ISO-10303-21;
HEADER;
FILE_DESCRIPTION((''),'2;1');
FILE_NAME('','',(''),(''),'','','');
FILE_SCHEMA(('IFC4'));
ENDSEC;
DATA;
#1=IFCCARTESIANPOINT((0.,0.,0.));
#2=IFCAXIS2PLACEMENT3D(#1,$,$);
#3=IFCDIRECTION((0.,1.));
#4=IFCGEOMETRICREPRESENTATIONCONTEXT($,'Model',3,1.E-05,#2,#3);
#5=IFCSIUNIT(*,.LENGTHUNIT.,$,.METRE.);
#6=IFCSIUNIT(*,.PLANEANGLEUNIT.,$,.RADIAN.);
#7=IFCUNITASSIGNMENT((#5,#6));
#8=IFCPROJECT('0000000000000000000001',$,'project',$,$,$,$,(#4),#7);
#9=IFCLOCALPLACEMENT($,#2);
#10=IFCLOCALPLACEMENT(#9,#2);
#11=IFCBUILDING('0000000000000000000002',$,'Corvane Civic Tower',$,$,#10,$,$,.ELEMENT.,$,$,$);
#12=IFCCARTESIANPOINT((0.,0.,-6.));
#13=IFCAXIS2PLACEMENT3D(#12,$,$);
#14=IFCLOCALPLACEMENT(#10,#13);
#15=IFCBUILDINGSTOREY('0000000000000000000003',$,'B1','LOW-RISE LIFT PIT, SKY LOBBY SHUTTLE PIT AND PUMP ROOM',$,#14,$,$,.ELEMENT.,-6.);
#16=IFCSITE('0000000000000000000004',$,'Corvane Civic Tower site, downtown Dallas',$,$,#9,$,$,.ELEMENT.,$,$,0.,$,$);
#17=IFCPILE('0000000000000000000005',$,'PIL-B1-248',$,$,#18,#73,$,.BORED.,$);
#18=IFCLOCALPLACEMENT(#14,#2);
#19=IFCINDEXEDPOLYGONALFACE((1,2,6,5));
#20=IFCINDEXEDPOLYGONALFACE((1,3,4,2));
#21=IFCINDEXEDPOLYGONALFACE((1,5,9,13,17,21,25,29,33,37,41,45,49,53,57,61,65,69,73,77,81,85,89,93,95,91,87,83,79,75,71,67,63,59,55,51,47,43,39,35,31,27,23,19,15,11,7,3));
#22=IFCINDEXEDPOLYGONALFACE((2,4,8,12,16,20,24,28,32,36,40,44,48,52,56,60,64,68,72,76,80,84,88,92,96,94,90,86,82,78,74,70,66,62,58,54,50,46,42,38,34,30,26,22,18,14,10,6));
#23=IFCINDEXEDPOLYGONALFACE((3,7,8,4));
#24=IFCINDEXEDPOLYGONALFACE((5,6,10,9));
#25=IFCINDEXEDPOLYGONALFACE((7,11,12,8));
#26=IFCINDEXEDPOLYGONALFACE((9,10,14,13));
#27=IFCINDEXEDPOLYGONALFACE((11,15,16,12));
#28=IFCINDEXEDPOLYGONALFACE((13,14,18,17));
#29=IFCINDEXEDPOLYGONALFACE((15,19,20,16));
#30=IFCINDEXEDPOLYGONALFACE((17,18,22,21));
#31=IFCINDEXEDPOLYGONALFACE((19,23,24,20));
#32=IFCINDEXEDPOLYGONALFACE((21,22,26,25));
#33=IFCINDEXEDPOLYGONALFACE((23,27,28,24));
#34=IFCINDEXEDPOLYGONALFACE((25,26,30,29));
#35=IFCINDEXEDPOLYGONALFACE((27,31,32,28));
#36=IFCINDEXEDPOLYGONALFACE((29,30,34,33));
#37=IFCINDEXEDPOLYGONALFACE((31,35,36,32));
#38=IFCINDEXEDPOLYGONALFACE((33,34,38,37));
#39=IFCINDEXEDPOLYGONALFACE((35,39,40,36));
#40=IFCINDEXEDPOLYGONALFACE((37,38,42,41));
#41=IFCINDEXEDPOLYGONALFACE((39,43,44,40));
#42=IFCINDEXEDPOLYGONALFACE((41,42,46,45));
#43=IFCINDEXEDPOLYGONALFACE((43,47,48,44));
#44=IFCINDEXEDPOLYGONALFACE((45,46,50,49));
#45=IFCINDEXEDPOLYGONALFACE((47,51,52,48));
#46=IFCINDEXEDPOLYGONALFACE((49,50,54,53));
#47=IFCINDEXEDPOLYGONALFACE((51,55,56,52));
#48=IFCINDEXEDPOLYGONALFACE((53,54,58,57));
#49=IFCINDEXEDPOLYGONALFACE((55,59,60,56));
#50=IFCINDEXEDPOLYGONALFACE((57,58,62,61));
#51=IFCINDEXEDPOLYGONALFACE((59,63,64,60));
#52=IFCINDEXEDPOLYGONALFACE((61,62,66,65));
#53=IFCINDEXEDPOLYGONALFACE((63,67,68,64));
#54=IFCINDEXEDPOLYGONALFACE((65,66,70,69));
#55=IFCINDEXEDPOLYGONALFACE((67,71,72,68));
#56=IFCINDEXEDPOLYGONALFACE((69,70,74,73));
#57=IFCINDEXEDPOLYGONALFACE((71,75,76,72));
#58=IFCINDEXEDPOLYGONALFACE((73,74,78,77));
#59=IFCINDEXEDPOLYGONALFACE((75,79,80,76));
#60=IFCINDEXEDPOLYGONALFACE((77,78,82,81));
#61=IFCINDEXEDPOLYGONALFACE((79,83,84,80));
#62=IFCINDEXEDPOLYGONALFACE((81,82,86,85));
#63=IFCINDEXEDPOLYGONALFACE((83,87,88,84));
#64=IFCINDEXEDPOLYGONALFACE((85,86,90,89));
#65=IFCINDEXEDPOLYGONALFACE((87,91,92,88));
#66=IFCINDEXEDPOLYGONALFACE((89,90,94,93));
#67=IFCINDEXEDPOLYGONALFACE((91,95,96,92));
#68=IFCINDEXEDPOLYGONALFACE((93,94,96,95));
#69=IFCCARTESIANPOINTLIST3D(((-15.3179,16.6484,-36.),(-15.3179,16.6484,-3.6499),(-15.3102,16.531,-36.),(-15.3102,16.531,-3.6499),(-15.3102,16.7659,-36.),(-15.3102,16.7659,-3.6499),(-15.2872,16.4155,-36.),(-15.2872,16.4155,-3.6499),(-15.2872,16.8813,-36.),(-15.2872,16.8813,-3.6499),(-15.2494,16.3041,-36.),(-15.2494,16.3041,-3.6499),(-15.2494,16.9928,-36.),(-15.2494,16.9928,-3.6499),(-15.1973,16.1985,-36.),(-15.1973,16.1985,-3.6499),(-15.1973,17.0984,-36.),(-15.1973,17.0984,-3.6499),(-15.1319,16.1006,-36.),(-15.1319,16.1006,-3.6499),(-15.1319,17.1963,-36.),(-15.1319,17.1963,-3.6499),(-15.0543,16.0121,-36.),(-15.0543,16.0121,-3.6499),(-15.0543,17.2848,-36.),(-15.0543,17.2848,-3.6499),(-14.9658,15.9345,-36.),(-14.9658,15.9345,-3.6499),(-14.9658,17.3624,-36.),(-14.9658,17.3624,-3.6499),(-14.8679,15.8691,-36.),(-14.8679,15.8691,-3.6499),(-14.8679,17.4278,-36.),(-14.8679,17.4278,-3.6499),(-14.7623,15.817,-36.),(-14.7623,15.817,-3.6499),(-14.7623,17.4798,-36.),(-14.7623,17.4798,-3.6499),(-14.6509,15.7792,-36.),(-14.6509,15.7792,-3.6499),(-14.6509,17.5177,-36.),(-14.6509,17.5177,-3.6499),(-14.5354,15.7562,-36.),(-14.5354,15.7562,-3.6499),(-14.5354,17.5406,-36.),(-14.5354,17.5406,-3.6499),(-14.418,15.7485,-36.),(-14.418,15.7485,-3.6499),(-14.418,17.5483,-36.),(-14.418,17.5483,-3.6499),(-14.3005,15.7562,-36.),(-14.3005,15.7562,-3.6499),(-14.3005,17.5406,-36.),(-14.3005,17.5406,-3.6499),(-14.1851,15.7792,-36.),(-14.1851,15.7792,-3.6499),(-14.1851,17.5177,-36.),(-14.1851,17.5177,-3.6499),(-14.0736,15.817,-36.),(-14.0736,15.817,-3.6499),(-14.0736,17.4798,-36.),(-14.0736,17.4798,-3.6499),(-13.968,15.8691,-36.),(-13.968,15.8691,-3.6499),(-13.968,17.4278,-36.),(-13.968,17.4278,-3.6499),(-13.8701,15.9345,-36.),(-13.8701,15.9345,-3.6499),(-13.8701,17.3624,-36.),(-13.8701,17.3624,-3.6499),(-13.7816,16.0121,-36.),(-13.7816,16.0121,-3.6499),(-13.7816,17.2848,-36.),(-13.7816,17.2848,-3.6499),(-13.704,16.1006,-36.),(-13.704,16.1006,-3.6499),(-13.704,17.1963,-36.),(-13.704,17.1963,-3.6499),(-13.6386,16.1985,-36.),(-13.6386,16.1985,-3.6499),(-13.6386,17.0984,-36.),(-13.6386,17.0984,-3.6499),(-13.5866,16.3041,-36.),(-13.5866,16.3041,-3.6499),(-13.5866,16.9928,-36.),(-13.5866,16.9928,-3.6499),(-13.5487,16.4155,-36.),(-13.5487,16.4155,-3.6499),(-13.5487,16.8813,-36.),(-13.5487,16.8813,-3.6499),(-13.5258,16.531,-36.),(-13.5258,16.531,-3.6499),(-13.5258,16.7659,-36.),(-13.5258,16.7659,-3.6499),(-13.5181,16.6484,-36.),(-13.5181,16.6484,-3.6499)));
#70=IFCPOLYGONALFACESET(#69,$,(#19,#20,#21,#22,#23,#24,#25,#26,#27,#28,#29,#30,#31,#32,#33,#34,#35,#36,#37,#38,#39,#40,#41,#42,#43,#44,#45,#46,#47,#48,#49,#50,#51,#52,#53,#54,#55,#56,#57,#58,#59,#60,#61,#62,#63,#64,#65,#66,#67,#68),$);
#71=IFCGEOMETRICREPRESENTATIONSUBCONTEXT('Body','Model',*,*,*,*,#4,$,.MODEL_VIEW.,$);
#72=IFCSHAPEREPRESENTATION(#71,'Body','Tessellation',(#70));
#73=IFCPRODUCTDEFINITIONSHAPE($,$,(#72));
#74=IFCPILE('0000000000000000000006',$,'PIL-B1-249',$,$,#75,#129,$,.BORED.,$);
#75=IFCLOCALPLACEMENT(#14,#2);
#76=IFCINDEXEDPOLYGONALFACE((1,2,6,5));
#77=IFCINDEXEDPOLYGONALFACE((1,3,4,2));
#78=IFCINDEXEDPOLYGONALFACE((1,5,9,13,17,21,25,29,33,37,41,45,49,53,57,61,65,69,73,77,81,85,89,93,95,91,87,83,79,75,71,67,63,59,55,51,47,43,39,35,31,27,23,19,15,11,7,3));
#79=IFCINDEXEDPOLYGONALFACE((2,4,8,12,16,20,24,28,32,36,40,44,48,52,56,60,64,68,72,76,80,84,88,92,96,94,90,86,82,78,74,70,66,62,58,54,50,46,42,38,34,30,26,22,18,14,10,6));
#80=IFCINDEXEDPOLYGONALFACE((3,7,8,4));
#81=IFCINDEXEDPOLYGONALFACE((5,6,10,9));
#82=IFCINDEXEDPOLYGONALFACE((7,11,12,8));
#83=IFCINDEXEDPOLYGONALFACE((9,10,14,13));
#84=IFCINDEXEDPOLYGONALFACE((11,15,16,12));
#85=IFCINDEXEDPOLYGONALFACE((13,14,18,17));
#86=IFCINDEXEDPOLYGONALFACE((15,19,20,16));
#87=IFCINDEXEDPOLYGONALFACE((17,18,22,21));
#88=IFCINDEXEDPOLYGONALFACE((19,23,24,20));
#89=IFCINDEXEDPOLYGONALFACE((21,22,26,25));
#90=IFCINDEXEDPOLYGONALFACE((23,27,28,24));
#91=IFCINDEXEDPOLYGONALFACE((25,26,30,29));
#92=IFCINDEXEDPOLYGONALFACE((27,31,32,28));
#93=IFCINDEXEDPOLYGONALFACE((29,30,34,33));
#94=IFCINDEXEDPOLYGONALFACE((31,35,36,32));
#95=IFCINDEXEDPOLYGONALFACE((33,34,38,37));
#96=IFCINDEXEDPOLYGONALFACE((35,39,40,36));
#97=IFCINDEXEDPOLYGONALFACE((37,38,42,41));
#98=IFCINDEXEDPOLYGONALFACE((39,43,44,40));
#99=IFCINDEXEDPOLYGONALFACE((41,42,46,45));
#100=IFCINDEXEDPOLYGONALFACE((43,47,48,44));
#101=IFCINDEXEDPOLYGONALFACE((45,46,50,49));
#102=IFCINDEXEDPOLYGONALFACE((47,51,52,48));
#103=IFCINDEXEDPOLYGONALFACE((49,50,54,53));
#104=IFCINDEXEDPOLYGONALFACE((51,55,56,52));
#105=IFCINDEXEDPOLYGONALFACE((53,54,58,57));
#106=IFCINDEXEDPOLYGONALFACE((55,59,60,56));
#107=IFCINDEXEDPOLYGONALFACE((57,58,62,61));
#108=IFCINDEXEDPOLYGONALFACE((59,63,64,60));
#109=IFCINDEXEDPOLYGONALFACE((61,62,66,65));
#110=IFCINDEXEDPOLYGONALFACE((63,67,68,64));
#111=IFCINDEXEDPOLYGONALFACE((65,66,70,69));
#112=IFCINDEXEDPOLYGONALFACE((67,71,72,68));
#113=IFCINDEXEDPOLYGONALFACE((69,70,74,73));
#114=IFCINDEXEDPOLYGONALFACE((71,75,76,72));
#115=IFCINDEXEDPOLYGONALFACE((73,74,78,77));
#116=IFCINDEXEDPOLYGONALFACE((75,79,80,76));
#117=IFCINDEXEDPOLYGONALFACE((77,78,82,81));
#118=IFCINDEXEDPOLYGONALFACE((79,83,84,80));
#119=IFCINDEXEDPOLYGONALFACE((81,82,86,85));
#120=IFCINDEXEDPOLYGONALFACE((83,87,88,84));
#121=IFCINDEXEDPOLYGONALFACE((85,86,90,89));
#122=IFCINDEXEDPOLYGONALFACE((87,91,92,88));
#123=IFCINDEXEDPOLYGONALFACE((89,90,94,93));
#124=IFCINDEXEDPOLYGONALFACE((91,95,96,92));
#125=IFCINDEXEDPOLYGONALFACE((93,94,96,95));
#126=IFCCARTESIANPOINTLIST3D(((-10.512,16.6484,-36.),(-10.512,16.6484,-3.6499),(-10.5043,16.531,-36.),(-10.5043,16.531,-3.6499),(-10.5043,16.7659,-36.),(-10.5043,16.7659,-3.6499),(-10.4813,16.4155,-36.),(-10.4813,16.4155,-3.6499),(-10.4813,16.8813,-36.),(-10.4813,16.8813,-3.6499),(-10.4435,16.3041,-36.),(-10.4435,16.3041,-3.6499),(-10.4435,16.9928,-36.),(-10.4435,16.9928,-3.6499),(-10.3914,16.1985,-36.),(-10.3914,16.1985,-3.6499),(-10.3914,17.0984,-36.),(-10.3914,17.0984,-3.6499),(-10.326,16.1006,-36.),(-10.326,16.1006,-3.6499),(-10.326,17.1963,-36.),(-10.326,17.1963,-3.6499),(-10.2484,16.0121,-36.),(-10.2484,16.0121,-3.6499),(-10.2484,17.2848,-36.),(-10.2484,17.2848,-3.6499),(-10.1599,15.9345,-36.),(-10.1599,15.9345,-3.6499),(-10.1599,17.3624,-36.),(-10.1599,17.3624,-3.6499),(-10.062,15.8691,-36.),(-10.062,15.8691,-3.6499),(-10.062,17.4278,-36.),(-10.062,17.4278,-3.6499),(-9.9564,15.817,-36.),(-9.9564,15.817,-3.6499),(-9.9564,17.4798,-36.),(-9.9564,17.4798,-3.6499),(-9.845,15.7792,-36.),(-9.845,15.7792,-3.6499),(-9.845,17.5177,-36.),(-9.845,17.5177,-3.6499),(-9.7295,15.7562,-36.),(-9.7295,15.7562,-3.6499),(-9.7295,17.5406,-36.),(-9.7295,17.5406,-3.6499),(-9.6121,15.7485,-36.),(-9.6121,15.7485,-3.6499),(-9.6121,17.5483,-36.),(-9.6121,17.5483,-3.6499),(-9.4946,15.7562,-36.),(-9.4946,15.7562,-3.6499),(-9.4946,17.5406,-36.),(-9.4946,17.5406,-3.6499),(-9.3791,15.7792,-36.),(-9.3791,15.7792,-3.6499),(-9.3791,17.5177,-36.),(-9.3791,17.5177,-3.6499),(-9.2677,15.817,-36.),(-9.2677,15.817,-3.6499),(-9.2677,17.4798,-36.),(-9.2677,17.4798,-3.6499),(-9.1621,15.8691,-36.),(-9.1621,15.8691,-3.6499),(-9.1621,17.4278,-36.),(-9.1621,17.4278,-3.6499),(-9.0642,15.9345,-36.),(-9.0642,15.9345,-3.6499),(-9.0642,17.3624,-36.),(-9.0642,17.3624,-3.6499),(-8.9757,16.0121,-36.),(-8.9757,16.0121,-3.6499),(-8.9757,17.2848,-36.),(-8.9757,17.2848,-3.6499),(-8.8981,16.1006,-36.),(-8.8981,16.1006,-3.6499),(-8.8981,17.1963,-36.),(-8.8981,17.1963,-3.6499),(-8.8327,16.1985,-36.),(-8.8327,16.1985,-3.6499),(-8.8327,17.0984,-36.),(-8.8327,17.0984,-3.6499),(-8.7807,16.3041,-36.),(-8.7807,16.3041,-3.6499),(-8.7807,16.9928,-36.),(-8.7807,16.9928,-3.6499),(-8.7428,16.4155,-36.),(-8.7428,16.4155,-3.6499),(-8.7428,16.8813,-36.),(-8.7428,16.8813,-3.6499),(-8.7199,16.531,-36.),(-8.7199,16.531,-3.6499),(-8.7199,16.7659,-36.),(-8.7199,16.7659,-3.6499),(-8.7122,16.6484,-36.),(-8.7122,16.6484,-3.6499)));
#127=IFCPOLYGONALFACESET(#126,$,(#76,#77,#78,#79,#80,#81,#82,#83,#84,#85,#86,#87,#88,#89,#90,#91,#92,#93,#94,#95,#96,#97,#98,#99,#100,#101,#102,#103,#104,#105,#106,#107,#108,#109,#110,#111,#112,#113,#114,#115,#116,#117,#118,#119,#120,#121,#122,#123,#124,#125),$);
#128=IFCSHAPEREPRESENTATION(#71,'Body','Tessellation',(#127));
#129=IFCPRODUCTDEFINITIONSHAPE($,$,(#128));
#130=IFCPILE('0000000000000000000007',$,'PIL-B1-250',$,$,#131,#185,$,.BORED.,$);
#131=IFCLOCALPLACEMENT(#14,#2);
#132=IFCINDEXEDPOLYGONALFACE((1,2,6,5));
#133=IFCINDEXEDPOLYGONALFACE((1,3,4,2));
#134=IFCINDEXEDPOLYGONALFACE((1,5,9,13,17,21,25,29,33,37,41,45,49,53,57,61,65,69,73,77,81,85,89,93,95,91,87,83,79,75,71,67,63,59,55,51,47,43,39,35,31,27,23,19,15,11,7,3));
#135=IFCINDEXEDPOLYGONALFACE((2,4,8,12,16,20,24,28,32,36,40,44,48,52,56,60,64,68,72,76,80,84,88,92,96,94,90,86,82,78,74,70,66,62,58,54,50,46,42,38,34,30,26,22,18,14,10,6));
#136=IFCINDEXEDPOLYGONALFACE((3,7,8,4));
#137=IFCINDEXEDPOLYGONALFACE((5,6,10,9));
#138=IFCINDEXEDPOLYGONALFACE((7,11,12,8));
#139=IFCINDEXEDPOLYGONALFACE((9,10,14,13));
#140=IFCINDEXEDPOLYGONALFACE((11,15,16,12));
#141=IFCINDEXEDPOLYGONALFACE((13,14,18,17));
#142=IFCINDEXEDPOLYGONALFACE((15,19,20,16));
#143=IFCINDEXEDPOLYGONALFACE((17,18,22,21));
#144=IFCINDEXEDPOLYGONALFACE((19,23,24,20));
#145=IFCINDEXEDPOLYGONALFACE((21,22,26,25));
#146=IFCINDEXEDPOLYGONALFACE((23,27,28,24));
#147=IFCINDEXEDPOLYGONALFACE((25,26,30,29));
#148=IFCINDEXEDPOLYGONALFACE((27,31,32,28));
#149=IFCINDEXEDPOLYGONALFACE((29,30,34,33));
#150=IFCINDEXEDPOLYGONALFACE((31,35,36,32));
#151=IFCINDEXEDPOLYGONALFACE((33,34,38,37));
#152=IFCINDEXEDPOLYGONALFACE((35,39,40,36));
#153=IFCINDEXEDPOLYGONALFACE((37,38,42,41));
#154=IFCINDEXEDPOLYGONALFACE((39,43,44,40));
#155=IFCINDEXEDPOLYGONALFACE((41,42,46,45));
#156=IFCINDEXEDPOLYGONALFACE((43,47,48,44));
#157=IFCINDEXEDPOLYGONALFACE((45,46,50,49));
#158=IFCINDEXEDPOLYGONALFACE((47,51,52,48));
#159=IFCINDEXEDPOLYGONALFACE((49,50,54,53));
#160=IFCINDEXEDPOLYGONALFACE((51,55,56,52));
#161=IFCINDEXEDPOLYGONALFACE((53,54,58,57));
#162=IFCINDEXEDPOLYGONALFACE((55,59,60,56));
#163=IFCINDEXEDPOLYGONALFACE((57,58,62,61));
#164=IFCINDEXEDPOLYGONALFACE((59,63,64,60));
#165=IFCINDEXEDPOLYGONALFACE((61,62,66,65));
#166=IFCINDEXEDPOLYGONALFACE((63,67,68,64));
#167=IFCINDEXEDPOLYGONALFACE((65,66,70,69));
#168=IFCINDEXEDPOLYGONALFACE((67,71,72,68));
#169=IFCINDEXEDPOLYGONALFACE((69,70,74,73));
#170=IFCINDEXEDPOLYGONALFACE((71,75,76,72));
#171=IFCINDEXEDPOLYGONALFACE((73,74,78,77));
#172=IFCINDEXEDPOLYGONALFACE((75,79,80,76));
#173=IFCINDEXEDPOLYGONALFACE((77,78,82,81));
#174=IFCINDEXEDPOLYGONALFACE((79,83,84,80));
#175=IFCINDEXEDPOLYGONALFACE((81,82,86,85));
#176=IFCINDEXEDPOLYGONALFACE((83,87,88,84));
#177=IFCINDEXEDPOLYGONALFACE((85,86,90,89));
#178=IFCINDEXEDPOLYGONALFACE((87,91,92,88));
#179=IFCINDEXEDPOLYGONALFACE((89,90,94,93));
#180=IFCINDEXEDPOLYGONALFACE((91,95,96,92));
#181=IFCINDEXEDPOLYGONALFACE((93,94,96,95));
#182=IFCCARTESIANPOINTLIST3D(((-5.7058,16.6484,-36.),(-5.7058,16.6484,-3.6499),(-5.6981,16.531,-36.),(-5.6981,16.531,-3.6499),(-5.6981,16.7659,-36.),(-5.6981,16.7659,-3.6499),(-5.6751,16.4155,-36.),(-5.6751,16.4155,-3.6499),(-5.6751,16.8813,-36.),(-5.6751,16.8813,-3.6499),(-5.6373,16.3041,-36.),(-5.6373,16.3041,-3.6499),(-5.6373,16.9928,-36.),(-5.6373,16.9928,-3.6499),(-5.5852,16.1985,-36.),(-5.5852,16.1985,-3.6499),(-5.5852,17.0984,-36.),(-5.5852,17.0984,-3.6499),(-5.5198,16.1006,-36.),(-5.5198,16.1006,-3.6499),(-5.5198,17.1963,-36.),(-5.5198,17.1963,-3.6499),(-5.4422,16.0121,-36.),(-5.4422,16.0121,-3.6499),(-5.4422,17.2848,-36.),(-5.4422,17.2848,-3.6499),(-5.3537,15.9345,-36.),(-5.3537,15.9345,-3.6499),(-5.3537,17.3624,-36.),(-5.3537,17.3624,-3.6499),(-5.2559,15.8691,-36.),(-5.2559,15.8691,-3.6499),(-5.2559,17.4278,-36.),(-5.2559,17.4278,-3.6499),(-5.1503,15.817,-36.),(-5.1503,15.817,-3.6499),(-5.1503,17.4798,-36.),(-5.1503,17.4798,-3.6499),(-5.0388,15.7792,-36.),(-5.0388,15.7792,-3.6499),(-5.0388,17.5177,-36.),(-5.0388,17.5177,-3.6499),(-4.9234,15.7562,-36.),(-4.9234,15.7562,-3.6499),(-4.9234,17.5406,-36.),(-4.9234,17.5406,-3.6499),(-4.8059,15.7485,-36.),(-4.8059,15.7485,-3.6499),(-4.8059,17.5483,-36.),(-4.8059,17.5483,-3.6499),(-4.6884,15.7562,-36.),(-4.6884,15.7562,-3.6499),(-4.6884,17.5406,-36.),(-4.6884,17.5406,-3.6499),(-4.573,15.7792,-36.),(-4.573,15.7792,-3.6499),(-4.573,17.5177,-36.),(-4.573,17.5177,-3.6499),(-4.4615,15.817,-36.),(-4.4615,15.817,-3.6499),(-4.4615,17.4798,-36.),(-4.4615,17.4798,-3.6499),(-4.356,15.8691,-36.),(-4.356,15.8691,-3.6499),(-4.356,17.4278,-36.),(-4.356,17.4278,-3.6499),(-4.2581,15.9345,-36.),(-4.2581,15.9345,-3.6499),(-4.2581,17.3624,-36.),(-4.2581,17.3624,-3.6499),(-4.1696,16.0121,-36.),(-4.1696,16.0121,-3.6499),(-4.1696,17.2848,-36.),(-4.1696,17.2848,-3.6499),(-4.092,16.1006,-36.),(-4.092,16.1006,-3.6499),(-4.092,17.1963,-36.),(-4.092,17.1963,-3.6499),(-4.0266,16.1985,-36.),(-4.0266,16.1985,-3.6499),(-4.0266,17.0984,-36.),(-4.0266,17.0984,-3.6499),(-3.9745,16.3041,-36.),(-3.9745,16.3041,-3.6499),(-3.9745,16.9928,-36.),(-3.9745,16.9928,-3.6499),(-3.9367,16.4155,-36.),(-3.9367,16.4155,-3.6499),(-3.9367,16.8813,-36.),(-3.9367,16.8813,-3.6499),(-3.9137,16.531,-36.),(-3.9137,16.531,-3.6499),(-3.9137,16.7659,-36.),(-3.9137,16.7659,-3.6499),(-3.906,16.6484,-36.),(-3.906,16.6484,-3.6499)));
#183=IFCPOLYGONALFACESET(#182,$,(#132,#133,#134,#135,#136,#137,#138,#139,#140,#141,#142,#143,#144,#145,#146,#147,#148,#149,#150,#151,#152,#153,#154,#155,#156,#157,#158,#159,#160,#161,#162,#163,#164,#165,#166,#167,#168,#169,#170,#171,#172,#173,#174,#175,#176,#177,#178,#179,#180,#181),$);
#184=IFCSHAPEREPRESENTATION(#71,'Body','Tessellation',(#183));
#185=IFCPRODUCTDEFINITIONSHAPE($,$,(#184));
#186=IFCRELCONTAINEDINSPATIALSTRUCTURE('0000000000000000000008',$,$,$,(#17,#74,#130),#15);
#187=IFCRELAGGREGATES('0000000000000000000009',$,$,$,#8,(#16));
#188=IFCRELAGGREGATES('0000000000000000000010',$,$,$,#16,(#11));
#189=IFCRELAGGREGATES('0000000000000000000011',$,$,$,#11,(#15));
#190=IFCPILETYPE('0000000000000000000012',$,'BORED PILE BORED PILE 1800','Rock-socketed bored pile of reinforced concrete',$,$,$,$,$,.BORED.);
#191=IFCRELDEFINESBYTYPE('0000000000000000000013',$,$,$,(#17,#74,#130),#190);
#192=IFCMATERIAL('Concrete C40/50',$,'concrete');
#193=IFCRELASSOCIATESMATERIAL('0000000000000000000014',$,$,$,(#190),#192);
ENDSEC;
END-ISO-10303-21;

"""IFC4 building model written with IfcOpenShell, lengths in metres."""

from ifc_helpers import new_model, si_unit, direction, frame, origin, origin_2d, place, context, subcontext, project, spatial, circle, extrude, material, material_profile, profile_set, type_object, element, save


model = new_model("IFC4")

# Units and contexts
model_context = context("Model", 3, precision=1e-05, world=origin(), true_north=direction((0.0, 1.0)))
body_context = subcontext(model_context, "Body", "Model", "MODEL_VIEW")
ifc_project = project(units=[si_unit("LENGTHUNIT", "METRE"), si_unit("PLANEANGLEUNIT", "RADIAN")], contexts=[model_context])

# Site, building, storey
site_placement = place(None, origin())
site = spatial("IfcSite", under=ifc_project, at=site_placement, Name="Corvane Civic Tower site, downtown Dallas", CompositionType="ELEMENT", RefElevation=0.0)
building_placement = place(site_placement, origin())
building = spatial("IfcBuilding", under=site, at=building_placement, Name="Corvane Civic Tower", CompositionType="ELEMENT")
storey_placement = place(building_placement, frame((0.0, 0.0, -6.0)))
storey = spatial("IfcBuildingStorey", under=building, at=storey_placement, Name="B1", Description="LOW-RISE LIFT PIT, SKY LOBBY SHUTTLE PIT AND PUMP ROOM", CompositionType="ELEMENT", Elevation=-6.0)

# Piles
ifc_material_1 = material(Name="Concrete C40/50", Category="concrete")
ifc_material_profile = material_profile(ifc_material_1, circle(Radius=0.8999, at=origin_2d()), Name="BORED PILE 1800")
ifc_profile_set = profile_set([ifc_material_profile], Name="Concrete C40/50")
pile_type = type_object("IfcPileType", Name="BORED PILE BORED PILE 1800", Description="Rock-socketed bored pile of reinforced concrete", PredefinedType="BORED", material=ifc_profile_set)
for number, where, z_axis, x_axis, name in (
    (1, (-14.418, 16.6484, -3.6499), (0.0, 0.0, -1.0), (1.0, 0.0, 0.0), "PIL-B1-248"),
    (2, (-9.6121, 16.6484, -3.6499), (0.0, 0.0, -1.0), (1.0, 0.0, 0.0), "PIL-B1-249"),
    (3, (-4.8059, 16.6484, -3.6499), (0.0, 0.0, -1.0), (1.0, 0.0, 0.0), "PIL-B1-250"),
):
    element("IfcPile", number, at=place(storey_placement, frame(where, z_axis=z_axis, x_axis=x_axis)), inside=storey, type_object=pile_type, Name=name, PredefinedType="BORED", context=body_context, shape_type="SweptSolid", body=[
        extrude(circle(Radius=0.8999, at=origin_2d()), origin(), (0.0, 0.0, 1.0), 32.3501),
    ])

save(model, "model.ifc")
